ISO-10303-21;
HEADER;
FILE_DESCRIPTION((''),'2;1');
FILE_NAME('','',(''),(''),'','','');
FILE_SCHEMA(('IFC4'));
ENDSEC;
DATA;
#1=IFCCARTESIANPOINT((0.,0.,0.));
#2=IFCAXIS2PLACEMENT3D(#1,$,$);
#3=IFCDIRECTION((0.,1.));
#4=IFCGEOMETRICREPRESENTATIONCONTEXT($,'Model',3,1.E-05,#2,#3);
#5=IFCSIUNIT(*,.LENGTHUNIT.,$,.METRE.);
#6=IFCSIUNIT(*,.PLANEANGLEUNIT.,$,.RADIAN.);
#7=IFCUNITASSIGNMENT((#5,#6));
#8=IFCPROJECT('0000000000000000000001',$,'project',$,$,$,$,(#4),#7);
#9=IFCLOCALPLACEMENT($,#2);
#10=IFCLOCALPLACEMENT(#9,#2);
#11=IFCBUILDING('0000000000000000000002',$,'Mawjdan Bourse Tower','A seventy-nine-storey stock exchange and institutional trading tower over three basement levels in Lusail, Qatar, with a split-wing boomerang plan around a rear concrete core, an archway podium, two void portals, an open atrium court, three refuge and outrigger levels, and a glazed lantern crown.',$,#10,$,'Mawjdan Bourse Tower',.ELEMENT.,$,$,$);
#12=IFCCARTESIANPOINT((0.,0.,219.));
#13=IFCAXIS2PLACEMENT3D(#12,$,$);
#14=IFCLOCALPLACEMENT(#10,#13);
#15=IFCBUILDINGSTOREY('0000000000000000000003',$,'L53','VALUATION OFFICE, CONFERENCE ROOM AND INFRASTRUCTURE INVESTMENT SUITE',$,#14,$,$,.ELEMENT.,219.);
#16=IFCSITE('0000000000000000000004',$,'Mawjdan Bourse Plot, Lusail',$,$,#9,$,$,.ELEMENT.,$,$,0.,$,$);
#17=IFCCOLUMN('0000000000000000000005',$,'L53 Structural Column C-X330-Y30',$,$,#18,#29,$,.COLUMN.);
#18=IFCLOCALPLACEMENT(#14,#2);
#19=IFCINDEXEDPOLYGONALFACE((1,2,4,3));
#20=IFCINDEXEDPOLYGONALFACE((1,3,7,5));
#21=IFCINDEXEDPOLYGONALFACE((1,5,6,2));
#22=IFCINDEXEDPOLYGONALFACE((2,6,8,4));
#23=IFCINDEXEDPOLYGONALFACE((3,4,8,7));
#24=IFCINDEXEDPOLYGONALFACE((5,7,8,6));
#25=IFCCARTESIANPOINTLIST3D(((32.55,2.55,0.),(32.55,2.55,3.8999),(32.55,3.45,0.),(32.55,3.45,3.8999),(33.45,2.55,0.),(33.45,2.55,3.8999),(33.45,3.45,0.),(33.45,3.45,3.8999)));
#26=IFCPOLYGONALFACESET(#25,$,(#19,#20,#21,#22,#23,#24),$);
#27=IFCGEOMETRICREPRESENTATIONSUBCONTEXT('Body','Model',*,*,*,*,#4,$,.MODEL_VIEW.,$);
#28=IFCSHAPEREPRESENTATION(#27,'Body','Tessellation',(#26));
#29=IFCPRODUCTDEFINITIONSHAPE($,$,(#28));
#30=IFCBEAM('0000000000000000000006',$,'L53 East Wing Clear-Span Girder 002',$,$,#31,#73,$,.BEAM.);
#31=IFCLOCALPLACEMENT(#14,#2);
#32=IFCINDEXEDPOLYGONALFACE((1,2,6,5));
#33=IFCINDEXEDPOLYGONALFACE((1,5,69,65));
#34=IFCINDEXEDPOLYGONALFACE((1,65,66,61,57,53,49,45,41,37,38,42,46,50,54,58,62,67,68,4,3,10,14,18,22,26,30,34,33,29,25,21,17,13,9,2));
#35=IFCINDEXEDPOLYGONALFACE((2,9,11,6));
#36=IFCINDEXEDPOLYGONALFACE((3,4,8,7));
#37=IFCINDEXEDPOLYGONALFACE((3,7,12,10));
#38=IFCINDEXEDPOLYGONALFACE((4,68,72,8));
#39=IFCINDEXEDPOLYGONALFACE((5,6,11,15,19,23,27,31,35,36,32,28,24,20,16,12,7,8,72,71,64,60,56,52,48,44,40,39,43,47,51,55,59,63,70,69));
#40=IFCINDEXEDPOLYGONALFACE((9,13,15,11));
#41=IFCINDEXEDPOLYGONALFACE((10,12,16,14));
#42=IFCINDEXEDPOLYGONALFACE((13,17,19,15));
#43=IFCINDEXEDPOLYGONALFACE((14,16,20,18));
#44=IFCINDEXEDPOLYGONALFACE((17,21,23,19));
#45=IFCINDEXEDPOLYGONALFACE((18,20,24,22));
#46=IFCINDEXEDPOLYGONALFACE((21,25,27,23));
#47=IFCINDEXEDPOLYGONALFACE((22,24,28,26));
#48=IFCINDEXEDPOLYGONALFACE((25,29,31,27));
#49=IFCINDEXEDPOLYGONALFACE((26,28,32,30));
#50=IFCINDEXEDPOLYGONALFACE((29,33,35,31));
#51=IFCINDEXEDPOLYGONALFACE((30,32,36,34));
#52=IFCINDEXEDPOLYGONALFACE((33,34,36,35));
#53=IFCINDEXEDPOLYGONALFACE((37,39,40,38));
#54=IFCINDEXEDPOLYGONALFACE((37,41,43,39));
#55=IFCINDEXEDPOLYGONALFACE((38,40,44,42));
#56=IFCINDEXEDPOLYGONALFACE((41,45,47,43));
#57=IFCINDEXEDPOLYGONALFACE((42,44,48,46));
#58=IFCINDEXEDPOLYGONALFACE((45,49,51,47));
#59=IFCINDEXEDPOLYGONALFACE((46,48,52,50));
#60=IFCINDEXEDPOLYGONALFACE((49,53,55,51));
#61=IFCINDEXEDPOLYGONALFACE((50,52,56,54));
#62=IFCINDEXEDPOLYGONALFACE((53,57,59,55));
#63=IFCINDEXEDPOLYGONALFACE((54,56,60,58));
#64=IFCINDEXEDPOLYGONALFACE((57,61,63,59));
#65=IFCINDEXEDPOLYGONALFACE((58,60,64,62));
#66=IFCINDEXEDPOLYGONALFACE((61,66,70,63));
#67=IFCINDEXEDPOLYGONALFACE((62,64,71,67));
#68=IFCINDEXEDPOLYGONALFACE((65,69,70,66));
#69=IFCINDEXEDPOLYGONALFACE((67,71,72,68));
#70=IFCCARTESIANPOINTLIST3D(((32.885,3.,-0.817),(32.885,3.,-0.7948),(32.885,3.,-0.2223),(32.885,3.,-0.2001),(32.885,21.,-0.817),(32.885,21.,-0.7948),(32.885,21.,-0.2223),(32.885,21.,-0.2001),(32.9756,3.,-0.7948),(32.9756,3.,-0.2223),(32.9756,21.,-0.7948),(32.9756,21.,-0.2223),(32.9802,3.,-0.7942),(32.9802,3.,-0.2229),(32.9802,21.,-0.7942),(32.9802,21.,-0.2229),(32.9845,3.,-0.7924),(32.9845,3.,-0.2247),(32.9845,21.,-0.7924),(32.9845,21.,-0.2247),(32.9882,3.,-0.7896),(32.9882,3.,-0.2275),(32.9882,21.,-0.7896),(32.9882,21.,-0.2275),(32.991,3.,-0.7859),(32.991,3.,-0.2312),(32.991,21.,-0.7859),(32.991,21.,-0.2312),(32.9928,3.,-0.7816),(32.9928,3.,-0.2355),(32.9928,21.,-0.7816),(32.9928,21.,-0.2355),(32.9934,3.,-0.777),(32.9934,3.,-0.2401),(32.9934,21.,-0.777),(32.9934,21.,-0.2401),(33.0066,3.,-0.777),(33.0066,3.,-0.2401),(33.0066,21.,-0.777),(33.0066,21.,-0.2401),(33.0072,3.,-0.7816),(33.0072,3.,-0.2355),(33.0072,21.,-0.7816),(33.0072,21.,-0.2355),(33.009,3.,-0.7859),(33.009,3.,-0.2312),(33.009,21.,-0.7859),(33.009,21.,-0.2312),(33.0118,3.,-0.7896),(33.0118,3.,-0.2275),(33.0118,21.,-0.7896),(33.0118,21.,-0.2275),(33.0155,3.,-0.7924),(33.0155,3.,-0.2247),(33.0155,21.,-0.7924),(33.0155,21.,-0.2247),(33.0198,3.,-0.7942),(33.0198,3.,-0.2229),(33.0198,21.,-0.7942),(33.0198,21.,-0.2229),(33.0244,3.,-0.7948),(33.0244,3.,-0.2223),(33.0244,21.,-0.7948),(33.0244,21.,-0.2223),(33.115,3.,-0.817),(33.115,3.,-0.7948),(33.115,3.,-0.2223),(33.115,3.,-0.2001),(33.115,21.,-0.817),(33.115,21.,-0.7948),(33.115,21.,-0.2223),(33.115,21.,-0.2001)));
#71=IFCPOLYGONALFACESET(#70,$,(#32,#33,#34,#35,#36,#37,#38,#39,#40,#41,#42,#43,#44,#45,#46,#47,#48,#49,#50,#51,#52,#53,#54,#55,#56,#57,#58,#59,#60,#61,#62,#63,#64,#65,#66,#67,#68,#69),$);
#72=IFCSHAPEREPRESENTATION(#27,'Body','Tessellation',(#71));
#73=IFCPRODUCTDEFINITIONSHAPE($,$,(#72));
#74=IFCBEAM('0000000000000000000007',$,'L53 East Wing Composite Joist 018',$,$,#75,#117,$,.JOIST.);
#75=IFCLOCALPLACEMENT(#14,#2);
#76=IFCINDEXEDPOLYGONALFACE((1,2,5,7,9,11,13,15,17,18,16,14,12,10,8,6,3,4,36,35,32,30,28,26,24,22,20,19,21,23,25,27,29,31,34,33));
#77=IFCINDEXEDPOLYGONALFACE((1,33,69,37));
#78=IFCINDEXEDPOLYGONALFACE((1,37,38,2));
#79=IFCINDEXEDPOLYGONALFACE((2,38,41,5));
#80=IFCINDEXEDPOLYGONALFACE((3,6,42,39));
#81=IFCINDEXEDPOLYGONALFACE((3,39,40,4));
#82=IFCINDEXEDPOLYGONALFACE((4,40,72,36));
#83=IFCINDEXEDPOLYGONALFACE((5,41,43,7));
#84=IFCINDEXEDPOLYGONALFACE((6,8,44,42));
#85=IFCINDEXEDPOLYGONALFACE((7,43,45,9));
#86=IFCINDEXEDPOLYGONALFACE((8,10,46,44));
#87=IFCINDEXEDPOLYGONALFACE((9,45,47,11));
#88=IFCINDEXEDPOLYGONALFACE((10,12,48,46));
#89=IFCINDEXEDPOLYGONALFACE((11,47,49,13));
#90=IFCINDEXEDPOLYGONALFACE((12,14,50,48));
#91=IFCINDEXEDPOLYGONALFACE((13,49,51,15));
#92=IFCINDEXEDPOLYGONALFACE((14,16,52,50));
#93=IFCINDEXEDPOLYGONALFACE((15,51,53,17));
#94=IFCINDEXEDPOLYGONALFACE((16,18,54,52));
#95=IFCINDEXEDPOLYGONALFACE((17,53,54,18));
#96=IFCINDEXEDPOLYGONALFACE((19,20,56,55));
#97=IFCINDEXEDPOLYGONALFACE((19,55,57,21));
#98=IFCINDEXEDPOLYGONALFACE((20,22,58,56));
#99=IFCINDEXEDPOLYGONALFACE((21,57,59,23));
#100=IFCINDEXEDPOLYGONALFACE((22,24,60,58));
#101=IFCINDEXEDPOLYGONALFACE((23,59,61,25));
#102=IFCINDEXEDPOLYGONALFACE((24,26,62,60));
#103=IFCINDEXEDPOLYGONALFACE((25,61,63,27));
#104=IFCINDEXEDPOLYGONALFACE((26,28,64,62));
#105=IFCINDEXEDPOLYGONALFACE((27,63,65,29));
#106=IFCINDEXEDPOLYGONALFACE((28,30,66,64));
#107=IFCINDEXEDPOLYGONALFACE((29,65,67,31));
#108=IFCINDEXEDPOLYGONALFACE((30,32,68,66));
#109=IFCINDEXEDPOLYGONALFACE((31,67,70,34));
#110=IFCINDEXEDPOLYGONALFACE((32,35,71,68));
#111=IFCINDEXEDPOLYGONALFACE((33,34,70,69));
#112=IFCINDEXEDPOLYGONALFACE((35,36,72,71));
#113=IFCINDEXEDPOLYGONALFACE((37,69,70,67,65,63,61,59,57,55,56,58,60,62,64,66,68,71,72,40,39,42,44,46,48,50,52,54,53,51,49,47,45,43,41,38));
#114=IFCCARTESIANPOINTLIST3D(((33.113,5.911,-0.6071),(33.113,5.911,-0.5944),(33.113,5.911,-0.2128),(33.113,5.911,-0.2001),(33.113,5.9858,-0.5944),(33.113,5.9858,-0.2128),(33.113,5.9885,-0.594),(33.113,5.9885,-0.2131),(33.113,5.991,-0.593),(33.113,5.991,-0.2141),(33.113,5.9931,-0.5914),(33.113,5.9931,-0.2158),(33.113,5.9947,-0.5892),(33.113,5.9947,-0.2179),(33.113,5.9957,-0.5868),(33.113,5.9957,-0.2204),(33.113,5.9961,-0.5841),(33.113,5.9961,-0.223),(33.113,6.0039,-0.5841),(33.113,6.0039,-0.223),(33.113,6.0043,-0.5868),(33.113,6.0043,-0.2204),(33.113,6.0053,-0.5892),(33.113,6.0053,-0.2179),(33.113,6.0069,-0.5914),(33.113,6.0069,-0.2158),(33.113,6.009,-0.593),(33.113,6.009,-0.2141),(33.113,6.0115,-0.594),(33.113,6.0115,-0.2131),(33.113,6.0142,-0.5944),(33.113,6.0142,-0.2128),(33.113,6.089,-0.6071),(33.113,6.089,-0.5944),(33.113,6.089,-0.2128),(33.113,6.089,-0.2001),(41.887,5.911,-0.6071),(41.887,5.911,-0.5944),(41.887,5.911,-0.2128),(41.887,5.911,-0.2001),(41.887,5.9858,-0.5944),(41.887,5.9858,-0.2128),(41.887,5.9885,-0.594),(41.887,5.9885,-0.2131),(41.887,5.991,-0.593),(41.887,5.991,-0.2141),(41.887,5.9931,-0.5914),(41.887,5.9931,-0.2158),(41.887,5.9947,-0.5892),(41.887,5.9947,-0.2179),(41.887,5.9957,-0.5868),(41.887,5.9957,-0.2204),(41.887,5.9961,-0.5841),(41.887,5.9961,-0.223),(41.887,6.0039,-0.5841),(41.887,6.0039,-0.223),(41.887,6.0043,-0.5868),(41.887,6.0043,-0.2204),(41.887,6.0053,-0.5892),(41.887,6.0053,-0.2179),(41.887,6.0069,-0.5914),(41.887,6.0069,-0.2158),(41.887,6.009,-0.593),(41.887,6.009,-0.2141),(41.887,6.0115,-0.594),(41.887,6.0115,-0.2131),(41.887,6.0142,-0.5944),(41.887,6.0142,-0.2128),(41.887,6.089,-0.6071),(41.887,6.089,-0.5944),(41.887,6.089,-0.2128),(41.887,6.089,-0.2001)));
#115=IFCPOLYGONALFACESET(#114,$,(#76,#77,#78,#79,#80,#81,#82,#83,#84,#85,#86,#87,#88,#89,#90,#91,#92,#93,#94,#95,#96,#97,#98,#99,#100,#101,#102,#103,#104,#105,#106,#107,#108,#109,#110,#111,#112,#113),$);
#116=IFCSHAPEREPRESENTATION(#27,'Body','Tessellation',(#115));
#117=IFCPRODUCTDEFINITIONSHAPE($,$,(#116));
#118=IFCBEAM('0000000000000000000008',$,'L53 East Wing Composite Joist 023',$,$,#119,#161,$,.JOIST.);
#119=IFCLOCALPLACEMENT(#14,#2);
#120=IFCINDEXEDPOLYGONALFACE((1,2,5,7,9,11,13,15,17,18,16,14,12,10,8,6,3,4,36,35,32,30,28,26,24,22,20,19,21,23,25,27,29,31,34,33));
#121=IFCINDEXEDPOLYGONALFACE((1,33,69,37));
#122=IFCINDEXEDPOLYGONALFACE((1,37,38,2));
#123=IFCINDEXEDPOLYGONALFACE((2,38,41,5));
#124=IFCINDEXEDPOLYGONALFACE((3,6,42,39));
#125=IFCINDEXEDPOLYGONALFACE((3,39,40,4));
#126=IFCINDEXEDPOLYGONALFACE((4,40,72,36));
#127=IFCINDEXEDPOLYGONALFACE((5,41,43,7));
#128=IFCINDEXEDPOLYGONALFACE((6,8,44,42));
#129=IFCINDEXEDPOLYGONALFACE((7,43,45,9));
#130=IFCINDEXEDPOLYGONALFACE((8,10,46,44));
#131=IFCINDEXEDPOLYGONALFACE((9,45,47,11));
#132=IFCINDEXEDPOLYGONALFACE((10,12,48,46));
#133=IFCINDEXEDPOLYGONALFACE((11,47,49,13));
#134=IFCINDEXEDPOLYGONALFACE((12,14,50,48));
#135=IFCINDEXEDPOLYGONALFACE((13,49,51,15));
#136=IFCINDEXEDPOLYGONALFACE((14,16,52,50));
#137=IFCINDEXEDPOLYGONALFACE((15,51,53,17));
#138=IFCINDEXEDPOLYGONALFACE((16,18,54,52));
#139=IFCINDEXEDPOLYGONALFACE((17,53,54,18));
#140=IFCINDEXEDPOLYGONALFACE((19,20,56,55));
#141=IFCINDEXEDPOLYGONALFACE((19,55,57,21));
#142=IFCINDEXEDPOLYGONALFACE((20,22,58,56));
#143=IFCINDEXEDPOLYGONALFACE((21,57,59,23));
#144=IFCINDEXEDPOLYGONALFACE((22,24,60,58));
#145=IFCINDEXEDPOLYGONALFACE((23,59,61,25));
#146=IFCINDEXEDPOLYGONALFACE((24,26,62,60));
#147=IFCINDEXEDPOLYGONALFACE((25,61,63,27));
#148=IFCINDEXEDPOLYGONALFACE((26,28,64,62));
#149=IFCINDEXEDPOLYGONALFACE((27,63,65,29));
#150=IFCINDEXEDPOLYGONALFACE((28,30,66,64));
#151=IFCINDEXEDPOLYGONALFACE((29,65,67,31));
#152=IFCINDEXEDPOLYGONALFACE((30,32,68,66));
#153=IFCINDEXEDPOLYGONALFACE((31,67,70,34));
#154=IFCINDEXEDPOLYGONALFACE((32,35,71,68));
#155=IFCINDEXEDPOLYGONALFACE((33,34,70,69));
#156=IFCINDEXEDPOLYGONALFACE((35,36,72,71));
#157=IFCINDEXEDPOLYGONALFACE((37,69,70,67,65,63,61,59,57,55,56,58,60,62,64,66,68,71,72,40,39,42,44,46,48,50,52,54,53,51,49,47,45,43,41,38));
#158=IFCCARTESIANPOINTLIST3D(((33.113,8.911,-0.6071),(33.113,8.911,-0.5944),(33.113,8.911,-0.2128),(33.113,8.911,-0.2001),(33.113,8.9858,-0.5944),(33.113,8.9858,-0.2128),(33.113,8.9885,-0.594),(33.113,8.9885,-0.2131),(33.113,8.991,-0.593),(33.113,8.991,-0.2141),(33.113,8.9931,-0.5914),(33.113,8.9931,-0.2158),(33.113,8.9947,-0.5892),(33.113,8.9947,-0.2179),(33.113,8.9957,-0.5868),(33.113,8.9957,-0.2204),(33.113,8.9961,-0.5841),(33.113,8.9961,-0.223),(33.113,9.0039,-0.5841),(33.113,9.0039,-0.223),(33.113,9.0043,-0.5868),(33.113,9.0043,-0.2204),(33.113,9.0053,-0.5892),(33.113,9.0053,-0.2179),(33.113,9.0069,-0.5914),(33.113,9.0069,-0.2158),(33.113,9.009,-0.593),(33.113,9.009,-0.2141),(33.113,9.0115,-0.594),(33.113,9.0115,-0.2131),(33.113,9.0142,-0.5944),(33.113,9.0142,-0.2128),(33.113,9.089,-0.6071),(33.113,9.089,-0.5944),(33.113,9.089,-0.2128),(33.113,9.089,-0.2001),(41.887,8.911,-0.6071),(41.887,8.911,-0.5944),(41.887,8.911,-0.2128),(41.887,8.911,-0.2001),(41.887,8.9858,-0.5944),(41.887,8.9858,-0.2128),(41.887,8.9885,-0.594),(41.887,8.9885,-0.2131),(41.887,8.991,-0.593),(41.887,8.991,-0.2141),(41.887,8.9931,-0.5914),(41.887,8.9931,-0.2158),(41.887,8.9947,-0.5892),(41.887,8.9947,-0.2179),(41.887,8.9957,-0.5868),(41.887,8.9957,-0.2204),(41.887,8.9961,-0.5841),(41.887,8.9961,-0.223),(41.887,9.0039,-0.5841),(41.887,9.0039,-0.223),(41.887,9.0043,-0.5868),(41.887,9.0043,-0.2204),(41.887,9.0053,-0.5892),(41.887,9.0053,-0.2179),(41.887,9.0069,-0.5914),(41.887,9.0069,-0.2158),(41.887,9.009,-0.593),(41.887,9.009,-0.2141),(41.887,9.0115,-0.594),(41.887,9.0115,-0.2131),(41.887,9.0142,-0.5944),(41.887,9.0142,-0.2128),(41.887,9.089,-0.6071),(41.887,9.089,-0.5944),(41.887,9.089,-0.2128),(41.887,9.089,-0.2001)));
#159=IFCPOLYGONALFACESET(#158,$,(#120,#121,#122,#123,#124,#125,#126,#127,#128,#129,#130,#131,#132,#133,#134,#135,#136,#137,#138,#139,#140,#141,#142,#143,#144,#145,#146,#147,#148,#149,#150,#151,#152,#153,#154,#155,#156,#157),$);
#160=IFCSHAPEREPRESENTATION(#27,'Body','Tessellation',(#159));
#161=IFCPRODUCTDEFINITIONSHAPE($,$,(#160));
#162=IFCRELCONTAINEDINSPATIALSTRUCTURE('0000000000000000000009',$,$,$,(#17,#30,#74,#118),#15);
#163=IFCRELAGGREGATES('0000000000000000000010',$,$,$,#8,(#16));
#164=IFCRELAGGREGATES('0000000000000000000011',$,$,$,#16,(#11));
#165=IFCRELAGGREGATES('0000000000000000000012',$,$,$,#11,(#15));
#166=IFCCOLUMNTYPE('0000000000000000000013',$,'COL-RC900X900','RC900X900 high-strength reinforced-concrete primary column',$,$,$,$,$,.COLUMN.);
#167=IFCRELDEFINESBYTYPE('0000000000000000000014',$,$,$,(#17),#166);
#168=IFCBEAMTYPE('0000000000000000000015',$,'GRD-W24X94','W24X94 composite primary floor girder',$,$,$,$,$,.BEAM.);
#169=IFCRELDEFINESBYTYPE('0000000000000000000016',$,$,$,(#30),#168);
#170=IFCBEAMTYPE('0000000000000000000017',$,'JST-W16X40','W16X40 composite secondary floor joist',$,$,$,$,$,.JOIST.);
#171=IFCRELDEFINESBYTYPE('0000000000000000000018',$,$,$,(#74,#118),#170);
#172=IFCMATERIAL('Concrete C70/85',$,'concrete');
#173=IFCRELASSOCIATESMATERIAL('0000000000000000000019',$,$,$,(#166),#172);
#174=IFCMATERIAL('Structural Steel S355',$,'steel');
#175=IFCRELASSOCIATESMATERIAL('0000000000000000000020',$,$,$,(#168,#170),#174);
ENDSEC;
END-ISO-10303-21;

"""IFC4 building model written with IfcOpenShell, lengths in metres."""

from ifc_helpers import new_model, si_unit, direction, frame, origin, origin_2d, place, context, subcontext, project, spatial, rectangle, i_section, extrude, material, material_profile, profile_set, type_object, element, save


model = new_model("IFC4")

# Units and contexts
model_context = context("Model", 3, precision=1e-05, world=origin(), true_north=direction((0.0, 1.0)))
body_context = subcontext(model_context, "Body", "Model", "MODEL_VIEW")
ifc_project = project(units=[si_unit("LENGTHUNIT", "METRE"), si_unit("PLANEANGLEUNIT", "RADIAN")], contexts=[model_context])

# Site, building, storey
site_placement = place(None, origin())
site = spatial("IfcSite", under=ifc_project, at=site_placement, Name="Mawjdan Bourse Plot, Lusail", CompositionType="ELEMENT", RefElevation=0.0)
building_placement = place(site_placement, origin())
building = spatial("IfcBuilding", under=site, at=building_placement, Name="Mawjdan Bourse Tower", Description="A seventy-nine-storey stock exchange and institutional trading tower over three basement levels in Lusail, Qatar, with a split-wing boomerang plan around a rear concrete core, an archway podium, two void portals, an open atrium court, three refuge and outrigger levels, and a glazed lantern crown.", LongName="Mawjdan Bourse Tower", CompositionType="ELEMENT")
storey_placement = place(building_placement, frame((0.0, 0.0, 219.0)))
storey = spatial("IfcBuildingStorey", under=building, at=storey_placement, Name="L53", Description="VALUATION OFFICE, CONFERENCE ROOM AND INFRASTRUCTURE INVESTMENT SUITE", CompositionType="ELEMENT", Elevation=219.0)

# Column
ifc_material_1 = material(Name="Concrete C70/85", Category="concrete")
ifc_material_profile_1 = material_profile(ifc_material_1, rectangle(XDim=0.8999, YDim=0.8999, at=origin_2d()), Name="RC900X900")
ifc_profile_set_1 = profile_set([ifc_material_profile_1], Name="Concrete C70/85")
column_type = type_object("IfcColumnType", Name="COL-RC900X900", Description="RC900X900 high-strength reinforced-concrete primary column", PredefinedType="COLUMN", material=ifc_profile_set_1)
column_placement = place(storey_placement, frame((33.0, 3.0, 0.0), z_axis=(0.0, 0.0, 1.0), x_axis=(1.0, 0.0, 0.0)))
element("IfcColumn", 1, at=column_placement, inside=storey, type_object=column_type, Name="L53 Structural Column C-X330-Y30", PredefinedType="COLUMN", context=body_context, shape_type="SweptSolid", body=[
    extrude(rectangle(XDim=0.8999, YDim=0.8999, at=origin_2d()), origin(), (0.0, 0.0, 1.0), 3.8999),
])

# Beams
ifc_material_2 = material(Name="Structural Steel S355", Category="steel")
ifc_material_profile_2 = material_profile(ifc_material_2, i_section(OverallWidth=0.23, OverallDepth=0.6169, WebThickness=0.0132, FlangeThickness=0.0222, FilletRadius=0.0178, at=origin_2d()), Name="W24X94")
ifc_profile_set_2 = profile_set([ifc_material_profile_2], Name="Structural Steel S355")
beam_type_1 = type_object("IfcBeamType", Name="GRD-W24X94", Description="W24X94 composite primary floor girder", PredefinedType="BEAM", material=ifc_profile_set_2)
beam_placement = place(storey_placement, frame((33.0, 3.0, -0.5085), z_axis=(0.0, 1.0, 0.0), x_axis=(-1.0, 0.0, 0.0)))
element("IfcBeam", 2, at=beam_placement, inside=storey, type_object=beam_type_1, Name="L53 East Wing Clear-Span Girder 002", PredefinedType="BEAM", context=body_context, shape_type="SweptSolid", body=[
    extrude(i_section(OverallWidth=0.23, OverallDepth=0.6169, WebThickness=0.0132, FlangeThickness=0.0222, FilletRadius=0.0178, at=origin_2d()), origin(), (0.0, 0.0, 1.0), 18.0),
])
ifc_material_profile_3 = material_profile(ifc_material_2, i_section(OverallWidth=0.178, OverallDepth=0.407, WebThickness=0.0078, FlangeThickness=0.0127, FilletRadius=0.0103, at=origin_2d()), Name="W16X40")
ifc_profile_set_3 = profile_set([ifc_material_profile_3], Name="Structural Steel S355")
beam_type_2 = type_object("IfcBeamType", Name="JST-W16X40", Description="W16X40 composite secondary floor joist", PredefinedType="JOIST", material=ifc_profile_set_3)
for number, where, z_axis, x_axis, name in (
    (3, (33.113, 6.0, -0.4036), (1.0, 0.0, 0.0), (0.0, 1.0, 0.0), "L53 East Wing Composite Joist 018"),
    (4, (33.113, 9.0, -0.4036), (1.0, 0.0, 0.0), (0.0, 1.0, 0.0), "L53 East Wing Composite Joist 023"),
):
    element("IfcBeam", number, at=place(storey_placement, frame(where, z_axis=z_axis, x_axis=x_axis)), inside=storey, type_object=beam_type_2, Name=name, PredefinedType="JOIST", context=body_context, shape_type="SweptSolid", body=[
        extrude(i_section(OverallWidth=0.178, OverallDepth=0.407, WebThickness=0.0078, FlangeThickness=0.0127, FilletRadius=0.0103, at=origin_2d()), origin(), (0.0, 0.0, 1.0), 8.7739),
    ])

save(model, "model.ifc")
